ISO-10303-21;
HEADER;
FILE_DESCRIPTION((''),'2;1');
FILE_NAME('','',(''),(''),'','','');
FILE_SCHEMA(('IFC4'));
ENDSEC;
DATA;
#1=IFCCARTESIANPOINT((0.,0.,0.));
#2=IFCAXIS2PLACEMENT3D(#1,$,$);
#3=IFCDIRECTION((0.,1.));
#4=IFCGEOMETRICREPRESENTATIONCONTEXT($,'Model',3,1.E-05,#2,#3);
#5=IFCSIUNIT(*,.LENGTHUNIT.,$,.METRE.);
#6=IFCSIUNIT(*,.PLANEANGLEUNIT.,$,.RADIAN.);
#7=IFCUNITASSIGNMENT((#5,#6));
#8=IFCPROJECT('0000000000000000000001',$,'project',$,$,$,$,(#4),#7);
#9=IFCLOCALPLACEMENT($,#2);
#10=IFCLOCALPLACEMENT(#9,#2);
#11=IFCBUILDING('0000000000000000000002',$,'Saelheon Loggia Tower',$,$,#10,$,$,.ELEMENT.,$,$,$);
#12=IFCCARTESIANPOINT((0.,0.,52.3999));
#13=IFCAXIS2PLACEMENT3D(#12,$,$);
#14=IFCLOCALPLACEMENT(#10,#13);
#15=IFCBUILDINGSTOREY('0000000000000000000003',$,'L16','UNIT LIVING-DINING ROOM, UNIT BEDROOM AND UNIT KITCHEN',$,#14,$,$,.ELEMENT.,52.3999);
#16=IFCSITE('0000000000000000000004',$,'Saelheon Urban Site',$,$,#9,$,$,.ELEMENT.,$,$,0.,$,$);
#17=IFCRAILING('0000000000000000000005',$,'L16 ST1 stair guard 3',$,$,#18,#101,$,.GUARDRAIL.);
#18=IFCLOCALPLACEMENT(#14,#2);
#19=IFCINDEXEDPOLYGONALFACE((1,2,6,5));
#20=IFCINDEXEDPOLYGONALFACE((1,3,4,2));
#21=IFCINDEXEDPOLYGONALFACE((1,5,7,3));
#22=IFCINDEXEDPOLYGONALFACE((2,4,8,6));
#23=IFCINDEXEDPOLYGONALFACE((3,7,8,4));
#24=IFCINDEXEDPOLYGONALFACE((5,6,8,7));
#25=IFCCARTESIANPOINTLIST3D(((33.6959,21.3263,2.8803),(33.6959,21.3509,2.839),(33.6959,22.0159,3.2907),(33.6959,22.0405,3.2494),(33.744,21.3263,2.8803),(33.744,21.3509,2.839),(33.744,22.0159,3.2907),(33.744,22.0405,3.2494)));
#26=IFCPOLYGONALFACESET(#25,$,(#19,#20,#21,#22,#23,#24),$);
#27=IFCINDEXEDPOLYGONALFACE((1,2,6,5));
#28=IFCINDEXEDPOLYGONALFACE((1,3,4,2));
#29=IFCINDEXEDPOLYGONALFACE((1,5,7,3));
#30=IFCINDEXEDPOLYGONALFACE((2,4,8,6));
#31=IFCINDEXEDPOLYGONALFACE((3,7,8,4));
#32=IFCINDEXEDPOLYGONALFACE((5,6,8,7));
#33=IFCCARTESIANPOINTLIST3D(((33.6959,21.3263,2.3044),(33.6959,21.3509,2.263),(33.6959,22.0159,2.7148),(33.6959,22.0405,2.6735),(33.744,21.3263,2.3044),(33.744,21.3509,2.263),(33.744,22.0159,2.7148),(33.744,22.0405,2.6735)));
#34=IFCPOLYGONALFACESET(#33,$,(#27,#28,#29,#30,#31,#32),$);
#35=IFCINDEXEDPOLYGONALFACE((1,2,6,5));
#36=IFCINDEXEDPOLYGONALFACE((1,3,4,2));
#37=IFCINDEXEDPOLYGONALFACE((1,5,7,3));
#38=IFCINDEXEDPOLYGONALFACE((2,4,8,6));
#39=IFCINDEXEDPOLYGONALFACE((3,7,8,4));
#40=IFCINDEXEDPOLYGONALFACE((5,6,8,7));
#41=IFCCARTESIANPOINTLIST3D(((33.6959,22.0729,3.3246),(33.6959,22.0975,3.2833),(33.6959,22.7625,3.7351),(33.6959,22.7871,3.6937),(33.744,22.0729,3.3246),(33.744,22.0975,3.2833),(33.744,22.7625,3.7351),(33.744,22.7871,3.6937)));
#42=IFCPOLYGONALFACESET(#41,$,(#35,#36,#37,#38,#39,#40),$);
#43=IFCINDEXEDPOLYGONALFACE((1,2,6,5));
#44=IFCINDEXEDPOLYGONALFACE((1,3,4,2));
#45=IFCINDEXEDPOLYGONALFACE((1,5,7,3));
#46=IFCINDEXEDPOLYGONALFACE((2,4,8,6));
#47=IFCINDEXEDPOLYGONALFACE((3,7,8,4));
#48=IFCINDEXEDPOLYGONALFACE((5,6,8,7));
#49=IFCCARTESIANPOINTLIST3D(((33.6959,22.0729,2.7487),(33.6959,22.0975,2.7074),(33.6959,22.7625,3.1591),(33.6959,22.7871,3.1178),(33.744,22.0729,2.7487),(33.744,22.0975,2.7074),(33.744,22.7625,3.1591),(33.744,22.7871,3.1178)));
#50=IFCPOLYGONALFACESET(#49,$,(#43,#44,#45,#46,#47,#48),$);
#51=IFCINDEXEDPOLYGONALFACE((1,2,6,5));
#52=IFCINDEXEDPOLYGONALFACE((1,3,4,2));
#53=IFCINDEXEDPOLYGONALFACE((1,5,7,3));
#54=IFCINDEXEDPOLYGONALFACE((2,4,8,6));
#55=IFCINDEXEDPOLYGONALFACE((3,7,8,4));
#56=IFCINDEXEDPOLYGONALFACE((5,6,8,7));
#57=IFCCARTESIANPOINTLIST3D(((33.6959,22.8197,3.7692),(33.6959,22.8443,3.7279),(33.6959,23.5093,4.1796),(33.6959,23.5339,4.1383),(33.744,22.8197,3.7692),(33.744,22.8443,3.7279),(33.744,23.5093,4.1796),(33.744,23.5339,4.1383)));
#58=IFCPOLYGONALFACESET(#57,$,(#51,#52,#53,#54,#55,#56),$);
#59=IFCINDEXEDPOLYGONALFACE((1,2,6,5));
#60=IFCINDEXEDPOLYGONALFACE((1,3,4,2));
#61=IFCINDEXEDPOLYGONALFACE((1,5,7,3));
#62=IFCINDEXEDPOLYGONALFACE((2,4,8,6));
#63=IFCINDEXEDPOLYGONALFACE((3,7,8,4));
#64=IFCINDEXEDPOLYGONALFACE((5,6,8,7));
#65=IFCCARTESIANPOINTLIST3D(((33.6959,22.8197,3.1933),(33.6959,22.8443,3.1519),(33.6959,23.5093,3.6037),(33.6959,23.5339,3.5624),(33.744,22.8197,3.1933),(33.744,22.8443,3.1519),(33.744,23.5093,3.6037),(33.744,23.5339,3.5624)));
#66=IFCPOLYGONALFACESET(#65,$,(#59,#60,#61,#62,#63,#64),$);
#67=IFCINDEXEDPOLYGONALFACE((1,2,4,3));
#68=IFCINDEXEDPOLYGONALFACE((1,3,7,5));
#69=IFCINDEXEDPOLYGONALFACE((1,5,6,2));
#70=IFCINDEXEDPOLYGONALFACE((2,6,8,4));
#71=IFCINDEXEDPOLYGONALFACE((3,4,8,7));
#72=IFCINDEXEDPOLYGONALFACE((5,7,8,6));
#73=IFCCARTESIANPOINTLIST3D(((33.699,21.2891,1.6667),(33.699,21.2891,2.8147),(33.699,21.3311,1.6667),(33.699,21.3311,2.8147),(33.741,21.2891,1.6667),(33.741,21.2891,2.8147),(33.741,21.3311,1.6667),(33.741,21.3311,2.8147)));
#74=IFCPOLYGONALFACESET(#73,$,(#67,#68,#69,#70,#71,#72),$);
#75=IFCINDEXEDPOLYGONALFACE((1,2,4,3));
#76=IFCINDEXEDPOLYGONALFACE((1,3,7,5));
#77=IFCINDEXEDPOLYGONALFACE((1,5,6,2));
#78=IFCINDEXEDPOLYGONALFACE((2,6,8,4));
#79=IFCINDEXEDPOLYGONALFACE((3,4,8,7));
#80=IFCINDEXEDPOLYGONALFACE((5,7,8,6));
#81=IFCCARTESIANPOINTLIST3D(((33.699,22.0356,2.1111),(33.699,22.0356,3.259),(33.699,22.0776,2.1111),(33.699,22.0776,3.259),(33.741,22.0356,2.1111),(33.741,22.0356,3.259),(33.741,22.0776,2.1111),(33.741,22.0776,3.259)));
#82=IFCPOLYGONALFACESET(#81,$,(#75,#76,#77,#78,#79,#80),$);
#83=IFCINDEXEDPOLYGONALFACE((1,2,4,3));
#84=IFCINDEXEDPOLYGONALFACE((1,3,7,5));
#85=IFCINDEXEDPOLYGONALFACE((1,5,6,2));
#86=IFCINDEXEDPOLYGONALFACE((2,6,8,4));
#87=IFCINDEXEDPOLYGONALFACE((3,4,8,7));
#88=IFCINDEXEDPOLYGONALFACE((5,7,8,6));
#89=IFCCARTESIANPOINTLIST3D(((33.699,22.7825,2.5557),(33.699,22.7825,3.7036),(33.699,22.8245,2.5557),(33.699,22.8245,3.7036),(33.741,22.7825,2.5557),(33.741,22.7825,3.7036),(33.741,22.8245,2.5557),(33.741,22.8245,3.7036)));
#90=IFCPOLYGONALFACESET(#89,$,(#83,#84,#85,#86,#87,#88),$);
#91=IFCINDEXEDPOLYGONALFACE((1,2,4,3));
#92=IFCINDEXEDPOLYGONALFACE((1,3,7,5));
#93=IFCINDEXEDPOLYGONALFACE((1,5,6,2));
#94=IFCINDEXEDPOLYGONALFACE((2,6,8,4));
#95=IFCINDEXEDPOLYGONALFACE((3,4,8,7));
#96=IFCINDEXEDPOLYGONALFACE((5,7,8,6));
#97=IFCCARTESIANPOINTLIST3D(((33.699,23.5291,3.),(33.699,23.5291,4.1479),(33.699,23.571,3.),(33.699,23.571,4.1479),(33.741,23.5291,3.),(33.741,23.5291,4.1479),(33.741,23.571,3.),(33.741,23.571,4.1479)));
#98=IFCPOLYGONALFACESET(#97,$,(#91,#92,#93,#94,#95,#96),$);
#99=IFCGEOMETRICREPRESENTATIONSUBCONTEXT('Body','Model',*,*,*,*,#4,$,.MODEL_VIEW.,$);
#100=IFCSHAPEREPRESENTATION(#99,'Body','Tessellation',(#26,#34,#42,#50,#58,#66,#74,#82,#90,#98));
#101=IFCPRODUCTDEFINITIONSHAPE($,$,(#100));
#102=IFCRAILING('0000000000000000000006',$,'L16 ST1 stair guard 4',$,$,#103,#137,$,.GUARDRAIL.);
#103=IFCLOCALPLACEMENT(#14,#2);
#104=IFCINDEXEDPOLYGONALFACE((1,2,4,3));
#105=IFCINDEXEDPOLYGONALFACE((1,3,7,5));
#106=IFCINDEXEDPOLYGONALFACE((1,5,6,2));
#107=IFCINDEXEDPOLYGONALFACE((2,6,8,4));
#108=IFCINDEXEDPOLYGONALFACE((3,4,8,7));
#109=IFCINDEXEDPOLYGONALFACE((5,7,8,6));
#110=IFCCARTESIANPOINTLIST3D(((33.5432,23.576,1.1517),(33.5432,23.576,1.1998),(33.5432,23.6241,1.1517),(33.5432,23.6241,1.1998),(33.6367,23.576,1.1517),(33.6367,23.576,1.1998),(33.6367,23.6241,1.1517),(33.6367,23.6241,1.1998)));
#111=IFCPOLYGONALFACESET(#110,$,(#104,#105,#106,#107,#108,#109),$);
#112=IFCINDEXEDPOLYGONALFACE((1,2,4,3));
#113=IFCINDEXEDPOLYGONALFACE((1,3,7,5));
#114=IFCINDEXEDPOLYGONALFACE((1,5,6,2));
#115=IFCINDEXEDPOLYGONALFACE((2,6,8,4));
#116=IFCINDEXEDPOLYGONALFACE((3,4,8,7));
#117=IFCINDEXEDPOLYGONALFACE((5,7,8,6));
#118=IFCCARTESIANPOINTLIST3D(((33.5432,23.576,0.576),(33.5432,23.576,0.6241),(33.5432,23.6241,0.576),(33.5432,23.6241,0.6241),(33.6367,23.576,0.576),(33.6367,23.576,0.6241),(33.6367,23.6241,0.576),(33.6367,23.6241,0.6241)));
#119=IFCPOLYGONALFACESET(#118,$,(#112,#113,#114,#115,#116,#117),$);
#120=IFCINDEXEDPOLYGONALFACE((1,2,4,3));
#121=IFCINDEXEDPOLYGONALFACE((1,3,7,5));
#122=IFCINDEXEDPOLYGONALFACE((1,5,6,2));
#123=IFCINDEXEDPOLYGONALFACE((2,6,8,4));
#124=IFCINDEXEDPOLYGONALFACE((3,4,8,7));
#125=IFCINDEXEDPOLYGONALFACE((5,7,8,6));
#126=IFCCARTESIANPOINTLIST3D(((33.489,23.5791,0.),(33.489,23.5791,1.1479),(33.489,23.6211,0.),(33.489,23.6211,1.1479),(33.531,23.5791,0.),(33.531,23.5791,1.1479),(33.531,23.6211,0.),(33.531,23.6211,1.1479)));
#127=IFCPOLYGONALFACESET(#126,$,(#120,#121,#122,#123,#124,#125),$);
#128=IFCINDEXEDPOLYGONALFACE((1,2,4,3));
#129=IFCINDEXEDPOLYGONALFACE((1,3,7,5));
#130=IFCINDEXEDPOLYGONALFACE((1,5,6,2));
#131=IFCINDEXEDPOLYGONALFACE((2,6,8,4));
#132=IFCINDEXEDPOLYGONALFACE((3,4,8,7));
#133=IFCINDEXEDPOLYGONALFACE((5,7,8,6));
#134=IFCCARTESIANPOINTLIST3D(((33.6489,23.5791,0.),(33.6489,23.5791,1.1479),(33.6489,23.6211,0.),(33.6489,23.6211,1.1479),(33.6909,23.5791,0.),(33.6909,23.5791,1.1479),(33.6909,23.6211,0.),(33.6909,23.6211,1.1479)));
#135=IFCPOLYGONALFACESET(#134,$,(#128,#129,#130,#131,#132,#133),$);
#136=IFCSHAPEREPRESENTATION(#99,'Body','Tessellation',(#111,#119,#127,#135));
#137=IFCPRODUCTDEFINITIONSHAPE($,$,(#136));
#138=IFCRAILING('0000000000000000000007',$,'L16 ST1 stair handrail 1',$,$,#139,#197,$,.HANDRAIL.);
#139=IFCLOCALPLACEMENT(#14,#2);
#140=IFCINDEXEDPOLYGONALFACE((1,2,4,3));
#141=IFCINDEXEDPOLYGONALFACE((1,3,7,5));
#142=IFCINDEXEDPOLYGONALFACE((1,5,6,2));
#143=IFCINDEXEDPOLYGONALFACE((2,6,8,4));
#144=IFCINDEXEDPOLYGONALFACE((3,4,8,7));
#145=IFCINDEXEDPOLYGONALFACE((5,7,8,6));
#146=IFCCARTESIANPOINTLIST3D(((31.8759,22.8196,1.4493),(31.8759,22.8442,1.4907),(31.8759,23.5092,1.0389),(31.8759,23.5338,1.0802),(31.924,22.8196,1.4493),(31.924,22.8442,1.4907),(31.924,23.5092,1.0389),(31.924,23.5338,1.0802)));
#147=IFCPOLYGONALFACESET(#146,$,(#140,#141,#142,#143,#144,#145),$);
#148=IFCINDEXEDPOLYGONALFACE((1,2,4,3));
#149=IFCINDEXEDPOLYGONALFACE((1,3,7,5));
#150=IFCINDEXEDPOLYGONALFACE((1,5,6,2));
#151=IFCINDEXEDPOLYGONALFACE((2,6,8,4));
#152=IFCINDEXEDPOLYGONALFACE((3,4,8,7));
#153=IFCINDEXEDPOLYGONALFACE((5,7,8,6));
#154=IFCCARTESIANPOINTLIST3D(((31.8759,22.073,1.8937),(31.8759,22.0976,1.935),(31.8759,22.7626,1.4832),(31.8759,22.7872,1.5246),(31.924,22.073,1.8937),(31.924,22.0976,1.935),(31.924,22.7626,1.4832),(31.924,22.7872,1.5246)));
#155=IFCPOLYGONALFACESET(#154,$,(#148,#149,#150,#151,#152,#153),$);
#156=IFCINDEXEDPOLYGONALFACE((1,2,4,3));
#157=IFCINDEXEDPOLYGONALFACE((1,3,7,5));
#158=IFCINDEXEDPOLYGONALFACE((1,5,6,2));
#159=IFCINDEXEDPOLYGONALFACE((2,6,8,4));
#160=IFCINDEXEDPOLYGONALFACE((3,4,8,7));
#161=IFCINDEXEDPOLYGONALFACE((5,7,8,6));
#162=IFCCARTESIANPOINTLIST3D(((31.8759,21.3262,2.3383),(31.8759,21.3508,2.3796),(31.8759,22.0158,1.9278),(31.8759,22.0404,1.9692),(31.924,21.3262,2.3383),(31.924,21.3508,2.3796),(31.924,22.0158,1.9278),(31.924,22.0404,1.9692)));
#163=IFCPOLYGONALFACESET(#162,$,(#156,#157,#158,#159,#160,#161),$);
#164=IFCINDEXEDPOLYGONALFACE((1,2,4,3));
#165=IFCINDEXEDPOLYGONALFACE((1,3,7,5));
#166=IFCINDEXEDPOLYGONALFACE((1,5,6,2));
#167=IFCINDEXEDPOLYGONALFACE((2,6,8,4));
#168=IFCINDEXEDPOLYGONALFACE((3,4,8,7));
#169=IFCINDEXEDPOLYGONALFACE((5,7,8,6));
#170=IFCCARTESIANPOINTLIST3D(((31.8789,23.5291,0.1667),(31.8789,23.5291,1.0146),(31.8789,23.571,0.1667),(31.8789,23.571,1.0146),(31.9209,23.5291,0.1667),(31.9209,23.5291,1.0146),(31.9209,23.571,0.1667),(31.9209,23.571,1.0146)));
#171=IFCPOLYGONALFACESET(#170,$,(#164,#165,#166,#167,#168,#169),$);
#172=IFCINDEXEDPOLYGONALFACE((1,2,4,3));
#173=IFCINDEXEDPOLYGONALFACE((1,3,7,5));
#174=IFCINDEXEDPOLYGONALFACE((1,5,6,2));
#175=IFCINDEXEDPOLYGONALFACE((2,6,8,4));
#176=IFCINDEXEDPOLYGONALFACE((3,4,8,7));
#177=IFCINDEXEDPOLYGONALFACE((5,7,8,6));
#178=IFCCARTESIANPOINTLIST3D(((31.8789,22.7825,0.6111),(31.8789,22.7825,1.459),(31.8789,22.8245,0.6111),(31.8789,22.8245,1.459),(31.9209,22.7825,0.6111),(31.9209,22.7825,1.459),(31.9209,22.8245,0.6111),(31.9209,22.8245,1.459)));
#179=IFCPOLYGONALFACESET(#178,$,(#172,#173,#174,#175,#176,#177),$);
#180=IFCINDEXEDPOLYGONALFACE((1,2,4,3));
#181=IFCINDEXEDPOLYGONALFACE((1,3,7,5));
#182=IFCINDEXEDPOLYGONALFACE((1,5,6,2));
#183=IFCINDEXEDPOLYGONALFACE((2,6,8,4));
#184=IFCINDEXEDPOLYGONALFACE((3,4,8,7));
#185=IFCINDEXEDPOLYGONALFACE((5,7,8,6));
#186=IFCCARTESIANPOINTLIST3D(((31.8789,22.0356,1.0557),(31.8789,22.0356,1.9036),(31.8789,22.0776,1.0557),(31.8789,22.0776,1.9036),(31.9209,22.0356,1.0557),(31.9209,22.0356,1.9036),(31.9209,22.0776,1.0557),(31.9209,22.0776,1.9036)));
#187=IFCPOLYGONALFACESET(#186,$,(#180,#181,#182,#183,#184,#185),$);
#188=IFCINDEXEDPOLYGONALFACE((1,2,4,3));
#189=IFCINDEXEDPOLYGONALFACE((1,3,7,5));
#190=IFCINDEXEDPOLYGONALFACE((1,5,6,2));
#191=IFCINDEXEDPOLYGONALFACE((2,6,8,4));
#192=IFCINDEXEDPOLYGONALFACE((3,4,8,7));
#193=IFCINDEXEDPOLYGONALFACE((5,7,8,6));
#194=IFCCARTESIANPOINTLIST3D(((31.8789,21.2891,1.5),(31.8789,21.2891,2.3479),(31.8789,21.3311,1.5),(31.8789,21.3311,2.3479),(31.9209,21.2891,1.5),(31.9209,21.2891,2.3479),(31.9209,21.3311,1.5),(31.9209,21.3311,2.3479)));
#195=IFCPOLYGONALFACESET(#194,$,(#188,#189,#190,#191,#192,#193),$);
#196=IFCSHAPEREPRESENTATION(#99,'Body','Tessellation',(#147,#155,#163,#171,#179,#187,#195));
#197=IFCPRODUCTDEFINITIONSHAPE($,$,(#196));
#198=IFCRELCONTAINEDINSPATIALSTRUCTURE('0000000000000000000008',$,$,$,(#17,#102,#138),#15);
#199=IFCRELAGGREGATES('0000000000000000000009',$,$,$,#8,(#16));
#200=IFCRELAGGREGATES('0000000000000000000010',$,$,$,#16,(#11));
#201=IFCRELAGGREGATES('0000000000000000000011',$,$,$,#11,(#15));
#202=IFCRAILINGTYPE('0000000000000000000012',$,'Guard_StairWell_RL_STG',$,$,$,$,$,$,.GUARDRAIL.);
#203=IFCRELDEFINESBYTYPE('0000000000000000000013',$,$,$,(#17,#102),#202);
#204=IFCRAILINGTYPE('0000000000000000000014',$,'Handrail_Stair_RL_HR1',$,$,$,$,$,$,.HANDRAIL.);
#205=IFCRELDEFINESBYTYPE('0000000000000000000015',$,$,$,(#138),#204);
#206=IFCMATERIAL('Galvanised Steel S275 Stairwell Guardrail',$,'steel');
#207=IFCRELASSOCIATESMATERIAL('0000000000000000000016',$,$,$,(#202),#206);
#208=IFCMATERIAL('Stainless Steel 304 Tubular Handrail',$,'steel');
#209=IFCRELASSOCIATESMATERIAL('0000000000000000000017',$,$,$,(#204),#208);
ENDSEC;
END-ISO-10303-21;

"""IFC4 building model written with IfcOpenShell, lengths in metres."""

from ifc_helpers import new_model, si_unit, direction, frame, origin, origin_2d, place, context, subcontext, project, spatial, rectangle, extrude, material, type_object, element, save


model = new_model("IFC4")

# Units and contexts
model_context = context("Model", 3, precision=1e-05, world=origin(), true_north=direction((0.0, 1.0)))
body_context = subcontext(model_context, "Body", "Model", "MODEL_VIEW")
ifc_project = project(units=[si_unit("LENGTHUNIT", "METRE"), si_unit("PLANEANGLEUNIT", "RADIAN")], contexts=[model_context])

# Site, building, storey
site_placement = place(None, origin())
site = spatial("IfcSite", under=ifc_project, at=site_placement, Name="Saelheon Urban Site", CompositionType="ELEMENT", RefElevation=0.0)
building_placement = place(site_placement, origin())
building = spatial("IfcBuilding", under=site, at=building_placement, Name="Saelheon Loggia Tower", CompositionType="ELEMENT")
storey_placement = place(building_placement, frame((0.0, 0.0, 52.3999)))
storey = spatial("IfcBuildingStorey", under=building, at=storey_placement, Name="L16", Description="UNIT LIVING-DINING ROOM, UNIT BEDROOM AND UNIT KITCHEN", CompositionType="ELEMENT", Elevation=52.3999)

# Railings
ifc_material_1 = material(Name="Galvanised Steel S275 Stairwell Guardrail", Category="steel")
railing_type_1 = type_object("IfcRailingType", Name="Guard_StairWell_RL_STG", PredefinedType="GUARDRAIL", material=ifc_material_1)
railing_1_placement = place(storey_placement, frame((33.72, 21.3101, 1.6667)))
element("IfcRailing", 1, at=railing_1_placement, inside=storey, type_object=railing_type_1, Name="L16 ST1 stair guard 3", PredefinedType="GUARDRAIL", context=body_context, shape_type="SweptSolid", body=[
    extrude(rectangle(XDim=0.0481, YDim=0.0481, at=origin_2d()), frame((0.0, 0.0286, 1.1929), z_axis=(0.0, 0.859306, 0.511462), x_axis=(-1.0, 0.0, 0.0)), (0.0, 0.0, 1.0), 0.8025),
    extrude(rectangle(XDim=0.0481, YDim=0.0481, at=origin_2d()), frame((0.0, 0.0286, 0.6169), z_axis=(0.0, 0.859306, 0.511462), x_axis=(-1.0, 0.0, 0.0)), (0.0, 0.0, 1.0), 0.8025),
    extrude(rectangle(XDim=0.0481, YDim=0.0481, at=origin_2d()), frame((0.0, 0.7751, 1.6372), z_axis=(0.0, 0.859306, 0.511462), x_axis=(-1.0, 0.0, 0.0)), (0.0, 0.0, 1.0), 0.8025),
    extrude(rectangle(XDim=0.0481, YDim=0.0481, at=origin_2d()), frame((0.0, 0.7751, 1.0613), z_axis=(0.0, 0.859306, 0.511462), x_axis=(-1.0, 0.0, 0.0)), (0.0, 0.0, 1.0), 0.8025),
    extrude(rectangle(XDim=0.0481, YDim=0.0481, at=origin_2d()), frame((0.0, 1.522, 2.0818), z_axis=(0.0, 0.859306, 0.511462), x_axis=(-1.0, 0.0, 0.0)), (0.0, 0.0, 1.0), 0.8025),
    extrude(rectangle(XDim=0.0481, YDim=0.0481, at=origin_2d()), frame((0.0, 1.522, 1.5059), z_axis=(0.0, 0.859306, 0.511462), x_axis=(-1.0, 0.0, 0.0)), (0.0, 0.0, 1.0), 0.8025),
    extrude(rectangle(XDim=0.042, YDim=0.042, at=origin_2d()), origin(), (0.0, 0.0, 1.0), 1.1479),
    extrude(rectangle(XDim=0.042, YDim=0.042, at=origin_2d()), frame((0.0, 0.7466, 0.4443)), (0.0, 0.0, 1.0), 1.1479),
    extrude(rectangle(XDim=0.042, YDim=0.042, at=origin_2d()), frame((0.0, 1.4934, 0.8889)), (0.0, 0.0, 1.0), 1.1479),
    extrude(rectangle(XDim=0.042, YDim=0.042, at=origin_2d()), frame((0.0, 2.24, 1.3333)), (0.0, 0.0, 1.0), 1.1479),
])
railing_2_placement = place(storey_placement, frame((33.51, 23.6001, 0.0)))
element("IfcRailing", 2, at=railing_2_placement, inside=storey, type_object=railing_type_1, Name="L16 ST1 stair guard 4", PredefinedType="GUARDRAIL", context=body_context, shape_type="SweptSolid", body=[
    extrude(rectangle(XDim=0.0481, YDim=0.0481, at=origin_2d()), frame((0.0332, 0.0, 1.1758), z_axis=(1.0, 0.0, 0.0), x_axis=(0.0, 1.0, 0.0)), (0.0, 0.0, 1.0), 0.0935),
    extrude(rectangle(XDim=0.0481, YDim=0.0481, at=origin_2d()), frame((0.0332, 0.0, 0.6001), z_axis=(1.0, 0.0, 0.0), x_axis=(0.0, 1.0, 0.0)), (0.0, 0.0, 1.0), 0.0935),
    extrude(rectangle(XDim=0.042, YDim=0.042, at=origin_2d()), origin(), (0.0, 0.0, 1.0), 1.1479),
    extrude(rectangle(XDim=0.042, YDim=0.042, at=origin_2d()), frame((0.1599, 0.0, 0.0)), (0.0, 0.0, 1.0), 1.1479),
])
ifc_material_2 = material(Name="Stainless Steel 304 Tubular Handrail", Category="steel")
railing_type_2 = type_object("IfcRailingType", Name="Handrail_Stair_RL_HR1", PredefinedType="HANDRAIL", material=ifc_material_2)
railing_3_placement = place(storey_placement, frame((31.8999, 23.55, 0.1667)))
element("IfcRailing", 3, at=railing_3_placement, inside=storey, type_object=railing_type_2, Name="L16 ST1 stair handrail 1", PredefinedType="HANDRAIL", context=body_context, shape_type="SweptSolid", body=[
    extrude(rectangle(XDim=0.0481, YDim=0.0481, at=origin_2d()), frame((0.0, -0.0286, 0.8928), z_axis=(0.0, -0.859306, 0.511462), x_axis=(1.0, 0.0, 0.0)), (0.0, 0.0, 1.0), 0.8025),
    extrude(rectangle(XDim=0.0481, YDim=0.0481, at=origin_2d()), frame((0.0, -0.7751, 1.3372), z_axis=(0.0, -0.859306, 0.511462), x_axis=(1.0, 0.0, 0.0)), (0.0, 0.0, 1.0), 0.8025),
    extrude(rectangle(XDim=0.0481, YDim=0.0481, at=origin_2d()), frame((0.0, -1.522, 1.7817), z_axis=(0.0, -0.859306, 0.511462), x_axis=(1.0, 0.0, 0.0)), (0.0, 0.0, 1.0), 0.8025),
    extrude(rectangle(XDim=0.042, YDim=0.042, at=origin_2d()), origin(), (0.0, 0.0, 1.0), 0.8479),
    extrude(rectangle(XDim=0.042, YDim=0.042, at=origin_2d()), frame((0.0, -0.7466, 0.4443)), (0.0, 0.0, 1.0), 0.8479),
    extrude(rectangle(XDim=0.042, YDim=0.042, at=origin_2d()), frame((0.0, -1.4934, 0.8889)), (0.0, 0.0, 1.0), 0.8479),
    extrude(rectangle(XDim=0.042, YDim=0.042, at=origin_2d()), frame((0.0, -2.24, 1.3333)), (0.0, 0.0, 1.0), 0.8479),
])

save(model, "model.ifc")
